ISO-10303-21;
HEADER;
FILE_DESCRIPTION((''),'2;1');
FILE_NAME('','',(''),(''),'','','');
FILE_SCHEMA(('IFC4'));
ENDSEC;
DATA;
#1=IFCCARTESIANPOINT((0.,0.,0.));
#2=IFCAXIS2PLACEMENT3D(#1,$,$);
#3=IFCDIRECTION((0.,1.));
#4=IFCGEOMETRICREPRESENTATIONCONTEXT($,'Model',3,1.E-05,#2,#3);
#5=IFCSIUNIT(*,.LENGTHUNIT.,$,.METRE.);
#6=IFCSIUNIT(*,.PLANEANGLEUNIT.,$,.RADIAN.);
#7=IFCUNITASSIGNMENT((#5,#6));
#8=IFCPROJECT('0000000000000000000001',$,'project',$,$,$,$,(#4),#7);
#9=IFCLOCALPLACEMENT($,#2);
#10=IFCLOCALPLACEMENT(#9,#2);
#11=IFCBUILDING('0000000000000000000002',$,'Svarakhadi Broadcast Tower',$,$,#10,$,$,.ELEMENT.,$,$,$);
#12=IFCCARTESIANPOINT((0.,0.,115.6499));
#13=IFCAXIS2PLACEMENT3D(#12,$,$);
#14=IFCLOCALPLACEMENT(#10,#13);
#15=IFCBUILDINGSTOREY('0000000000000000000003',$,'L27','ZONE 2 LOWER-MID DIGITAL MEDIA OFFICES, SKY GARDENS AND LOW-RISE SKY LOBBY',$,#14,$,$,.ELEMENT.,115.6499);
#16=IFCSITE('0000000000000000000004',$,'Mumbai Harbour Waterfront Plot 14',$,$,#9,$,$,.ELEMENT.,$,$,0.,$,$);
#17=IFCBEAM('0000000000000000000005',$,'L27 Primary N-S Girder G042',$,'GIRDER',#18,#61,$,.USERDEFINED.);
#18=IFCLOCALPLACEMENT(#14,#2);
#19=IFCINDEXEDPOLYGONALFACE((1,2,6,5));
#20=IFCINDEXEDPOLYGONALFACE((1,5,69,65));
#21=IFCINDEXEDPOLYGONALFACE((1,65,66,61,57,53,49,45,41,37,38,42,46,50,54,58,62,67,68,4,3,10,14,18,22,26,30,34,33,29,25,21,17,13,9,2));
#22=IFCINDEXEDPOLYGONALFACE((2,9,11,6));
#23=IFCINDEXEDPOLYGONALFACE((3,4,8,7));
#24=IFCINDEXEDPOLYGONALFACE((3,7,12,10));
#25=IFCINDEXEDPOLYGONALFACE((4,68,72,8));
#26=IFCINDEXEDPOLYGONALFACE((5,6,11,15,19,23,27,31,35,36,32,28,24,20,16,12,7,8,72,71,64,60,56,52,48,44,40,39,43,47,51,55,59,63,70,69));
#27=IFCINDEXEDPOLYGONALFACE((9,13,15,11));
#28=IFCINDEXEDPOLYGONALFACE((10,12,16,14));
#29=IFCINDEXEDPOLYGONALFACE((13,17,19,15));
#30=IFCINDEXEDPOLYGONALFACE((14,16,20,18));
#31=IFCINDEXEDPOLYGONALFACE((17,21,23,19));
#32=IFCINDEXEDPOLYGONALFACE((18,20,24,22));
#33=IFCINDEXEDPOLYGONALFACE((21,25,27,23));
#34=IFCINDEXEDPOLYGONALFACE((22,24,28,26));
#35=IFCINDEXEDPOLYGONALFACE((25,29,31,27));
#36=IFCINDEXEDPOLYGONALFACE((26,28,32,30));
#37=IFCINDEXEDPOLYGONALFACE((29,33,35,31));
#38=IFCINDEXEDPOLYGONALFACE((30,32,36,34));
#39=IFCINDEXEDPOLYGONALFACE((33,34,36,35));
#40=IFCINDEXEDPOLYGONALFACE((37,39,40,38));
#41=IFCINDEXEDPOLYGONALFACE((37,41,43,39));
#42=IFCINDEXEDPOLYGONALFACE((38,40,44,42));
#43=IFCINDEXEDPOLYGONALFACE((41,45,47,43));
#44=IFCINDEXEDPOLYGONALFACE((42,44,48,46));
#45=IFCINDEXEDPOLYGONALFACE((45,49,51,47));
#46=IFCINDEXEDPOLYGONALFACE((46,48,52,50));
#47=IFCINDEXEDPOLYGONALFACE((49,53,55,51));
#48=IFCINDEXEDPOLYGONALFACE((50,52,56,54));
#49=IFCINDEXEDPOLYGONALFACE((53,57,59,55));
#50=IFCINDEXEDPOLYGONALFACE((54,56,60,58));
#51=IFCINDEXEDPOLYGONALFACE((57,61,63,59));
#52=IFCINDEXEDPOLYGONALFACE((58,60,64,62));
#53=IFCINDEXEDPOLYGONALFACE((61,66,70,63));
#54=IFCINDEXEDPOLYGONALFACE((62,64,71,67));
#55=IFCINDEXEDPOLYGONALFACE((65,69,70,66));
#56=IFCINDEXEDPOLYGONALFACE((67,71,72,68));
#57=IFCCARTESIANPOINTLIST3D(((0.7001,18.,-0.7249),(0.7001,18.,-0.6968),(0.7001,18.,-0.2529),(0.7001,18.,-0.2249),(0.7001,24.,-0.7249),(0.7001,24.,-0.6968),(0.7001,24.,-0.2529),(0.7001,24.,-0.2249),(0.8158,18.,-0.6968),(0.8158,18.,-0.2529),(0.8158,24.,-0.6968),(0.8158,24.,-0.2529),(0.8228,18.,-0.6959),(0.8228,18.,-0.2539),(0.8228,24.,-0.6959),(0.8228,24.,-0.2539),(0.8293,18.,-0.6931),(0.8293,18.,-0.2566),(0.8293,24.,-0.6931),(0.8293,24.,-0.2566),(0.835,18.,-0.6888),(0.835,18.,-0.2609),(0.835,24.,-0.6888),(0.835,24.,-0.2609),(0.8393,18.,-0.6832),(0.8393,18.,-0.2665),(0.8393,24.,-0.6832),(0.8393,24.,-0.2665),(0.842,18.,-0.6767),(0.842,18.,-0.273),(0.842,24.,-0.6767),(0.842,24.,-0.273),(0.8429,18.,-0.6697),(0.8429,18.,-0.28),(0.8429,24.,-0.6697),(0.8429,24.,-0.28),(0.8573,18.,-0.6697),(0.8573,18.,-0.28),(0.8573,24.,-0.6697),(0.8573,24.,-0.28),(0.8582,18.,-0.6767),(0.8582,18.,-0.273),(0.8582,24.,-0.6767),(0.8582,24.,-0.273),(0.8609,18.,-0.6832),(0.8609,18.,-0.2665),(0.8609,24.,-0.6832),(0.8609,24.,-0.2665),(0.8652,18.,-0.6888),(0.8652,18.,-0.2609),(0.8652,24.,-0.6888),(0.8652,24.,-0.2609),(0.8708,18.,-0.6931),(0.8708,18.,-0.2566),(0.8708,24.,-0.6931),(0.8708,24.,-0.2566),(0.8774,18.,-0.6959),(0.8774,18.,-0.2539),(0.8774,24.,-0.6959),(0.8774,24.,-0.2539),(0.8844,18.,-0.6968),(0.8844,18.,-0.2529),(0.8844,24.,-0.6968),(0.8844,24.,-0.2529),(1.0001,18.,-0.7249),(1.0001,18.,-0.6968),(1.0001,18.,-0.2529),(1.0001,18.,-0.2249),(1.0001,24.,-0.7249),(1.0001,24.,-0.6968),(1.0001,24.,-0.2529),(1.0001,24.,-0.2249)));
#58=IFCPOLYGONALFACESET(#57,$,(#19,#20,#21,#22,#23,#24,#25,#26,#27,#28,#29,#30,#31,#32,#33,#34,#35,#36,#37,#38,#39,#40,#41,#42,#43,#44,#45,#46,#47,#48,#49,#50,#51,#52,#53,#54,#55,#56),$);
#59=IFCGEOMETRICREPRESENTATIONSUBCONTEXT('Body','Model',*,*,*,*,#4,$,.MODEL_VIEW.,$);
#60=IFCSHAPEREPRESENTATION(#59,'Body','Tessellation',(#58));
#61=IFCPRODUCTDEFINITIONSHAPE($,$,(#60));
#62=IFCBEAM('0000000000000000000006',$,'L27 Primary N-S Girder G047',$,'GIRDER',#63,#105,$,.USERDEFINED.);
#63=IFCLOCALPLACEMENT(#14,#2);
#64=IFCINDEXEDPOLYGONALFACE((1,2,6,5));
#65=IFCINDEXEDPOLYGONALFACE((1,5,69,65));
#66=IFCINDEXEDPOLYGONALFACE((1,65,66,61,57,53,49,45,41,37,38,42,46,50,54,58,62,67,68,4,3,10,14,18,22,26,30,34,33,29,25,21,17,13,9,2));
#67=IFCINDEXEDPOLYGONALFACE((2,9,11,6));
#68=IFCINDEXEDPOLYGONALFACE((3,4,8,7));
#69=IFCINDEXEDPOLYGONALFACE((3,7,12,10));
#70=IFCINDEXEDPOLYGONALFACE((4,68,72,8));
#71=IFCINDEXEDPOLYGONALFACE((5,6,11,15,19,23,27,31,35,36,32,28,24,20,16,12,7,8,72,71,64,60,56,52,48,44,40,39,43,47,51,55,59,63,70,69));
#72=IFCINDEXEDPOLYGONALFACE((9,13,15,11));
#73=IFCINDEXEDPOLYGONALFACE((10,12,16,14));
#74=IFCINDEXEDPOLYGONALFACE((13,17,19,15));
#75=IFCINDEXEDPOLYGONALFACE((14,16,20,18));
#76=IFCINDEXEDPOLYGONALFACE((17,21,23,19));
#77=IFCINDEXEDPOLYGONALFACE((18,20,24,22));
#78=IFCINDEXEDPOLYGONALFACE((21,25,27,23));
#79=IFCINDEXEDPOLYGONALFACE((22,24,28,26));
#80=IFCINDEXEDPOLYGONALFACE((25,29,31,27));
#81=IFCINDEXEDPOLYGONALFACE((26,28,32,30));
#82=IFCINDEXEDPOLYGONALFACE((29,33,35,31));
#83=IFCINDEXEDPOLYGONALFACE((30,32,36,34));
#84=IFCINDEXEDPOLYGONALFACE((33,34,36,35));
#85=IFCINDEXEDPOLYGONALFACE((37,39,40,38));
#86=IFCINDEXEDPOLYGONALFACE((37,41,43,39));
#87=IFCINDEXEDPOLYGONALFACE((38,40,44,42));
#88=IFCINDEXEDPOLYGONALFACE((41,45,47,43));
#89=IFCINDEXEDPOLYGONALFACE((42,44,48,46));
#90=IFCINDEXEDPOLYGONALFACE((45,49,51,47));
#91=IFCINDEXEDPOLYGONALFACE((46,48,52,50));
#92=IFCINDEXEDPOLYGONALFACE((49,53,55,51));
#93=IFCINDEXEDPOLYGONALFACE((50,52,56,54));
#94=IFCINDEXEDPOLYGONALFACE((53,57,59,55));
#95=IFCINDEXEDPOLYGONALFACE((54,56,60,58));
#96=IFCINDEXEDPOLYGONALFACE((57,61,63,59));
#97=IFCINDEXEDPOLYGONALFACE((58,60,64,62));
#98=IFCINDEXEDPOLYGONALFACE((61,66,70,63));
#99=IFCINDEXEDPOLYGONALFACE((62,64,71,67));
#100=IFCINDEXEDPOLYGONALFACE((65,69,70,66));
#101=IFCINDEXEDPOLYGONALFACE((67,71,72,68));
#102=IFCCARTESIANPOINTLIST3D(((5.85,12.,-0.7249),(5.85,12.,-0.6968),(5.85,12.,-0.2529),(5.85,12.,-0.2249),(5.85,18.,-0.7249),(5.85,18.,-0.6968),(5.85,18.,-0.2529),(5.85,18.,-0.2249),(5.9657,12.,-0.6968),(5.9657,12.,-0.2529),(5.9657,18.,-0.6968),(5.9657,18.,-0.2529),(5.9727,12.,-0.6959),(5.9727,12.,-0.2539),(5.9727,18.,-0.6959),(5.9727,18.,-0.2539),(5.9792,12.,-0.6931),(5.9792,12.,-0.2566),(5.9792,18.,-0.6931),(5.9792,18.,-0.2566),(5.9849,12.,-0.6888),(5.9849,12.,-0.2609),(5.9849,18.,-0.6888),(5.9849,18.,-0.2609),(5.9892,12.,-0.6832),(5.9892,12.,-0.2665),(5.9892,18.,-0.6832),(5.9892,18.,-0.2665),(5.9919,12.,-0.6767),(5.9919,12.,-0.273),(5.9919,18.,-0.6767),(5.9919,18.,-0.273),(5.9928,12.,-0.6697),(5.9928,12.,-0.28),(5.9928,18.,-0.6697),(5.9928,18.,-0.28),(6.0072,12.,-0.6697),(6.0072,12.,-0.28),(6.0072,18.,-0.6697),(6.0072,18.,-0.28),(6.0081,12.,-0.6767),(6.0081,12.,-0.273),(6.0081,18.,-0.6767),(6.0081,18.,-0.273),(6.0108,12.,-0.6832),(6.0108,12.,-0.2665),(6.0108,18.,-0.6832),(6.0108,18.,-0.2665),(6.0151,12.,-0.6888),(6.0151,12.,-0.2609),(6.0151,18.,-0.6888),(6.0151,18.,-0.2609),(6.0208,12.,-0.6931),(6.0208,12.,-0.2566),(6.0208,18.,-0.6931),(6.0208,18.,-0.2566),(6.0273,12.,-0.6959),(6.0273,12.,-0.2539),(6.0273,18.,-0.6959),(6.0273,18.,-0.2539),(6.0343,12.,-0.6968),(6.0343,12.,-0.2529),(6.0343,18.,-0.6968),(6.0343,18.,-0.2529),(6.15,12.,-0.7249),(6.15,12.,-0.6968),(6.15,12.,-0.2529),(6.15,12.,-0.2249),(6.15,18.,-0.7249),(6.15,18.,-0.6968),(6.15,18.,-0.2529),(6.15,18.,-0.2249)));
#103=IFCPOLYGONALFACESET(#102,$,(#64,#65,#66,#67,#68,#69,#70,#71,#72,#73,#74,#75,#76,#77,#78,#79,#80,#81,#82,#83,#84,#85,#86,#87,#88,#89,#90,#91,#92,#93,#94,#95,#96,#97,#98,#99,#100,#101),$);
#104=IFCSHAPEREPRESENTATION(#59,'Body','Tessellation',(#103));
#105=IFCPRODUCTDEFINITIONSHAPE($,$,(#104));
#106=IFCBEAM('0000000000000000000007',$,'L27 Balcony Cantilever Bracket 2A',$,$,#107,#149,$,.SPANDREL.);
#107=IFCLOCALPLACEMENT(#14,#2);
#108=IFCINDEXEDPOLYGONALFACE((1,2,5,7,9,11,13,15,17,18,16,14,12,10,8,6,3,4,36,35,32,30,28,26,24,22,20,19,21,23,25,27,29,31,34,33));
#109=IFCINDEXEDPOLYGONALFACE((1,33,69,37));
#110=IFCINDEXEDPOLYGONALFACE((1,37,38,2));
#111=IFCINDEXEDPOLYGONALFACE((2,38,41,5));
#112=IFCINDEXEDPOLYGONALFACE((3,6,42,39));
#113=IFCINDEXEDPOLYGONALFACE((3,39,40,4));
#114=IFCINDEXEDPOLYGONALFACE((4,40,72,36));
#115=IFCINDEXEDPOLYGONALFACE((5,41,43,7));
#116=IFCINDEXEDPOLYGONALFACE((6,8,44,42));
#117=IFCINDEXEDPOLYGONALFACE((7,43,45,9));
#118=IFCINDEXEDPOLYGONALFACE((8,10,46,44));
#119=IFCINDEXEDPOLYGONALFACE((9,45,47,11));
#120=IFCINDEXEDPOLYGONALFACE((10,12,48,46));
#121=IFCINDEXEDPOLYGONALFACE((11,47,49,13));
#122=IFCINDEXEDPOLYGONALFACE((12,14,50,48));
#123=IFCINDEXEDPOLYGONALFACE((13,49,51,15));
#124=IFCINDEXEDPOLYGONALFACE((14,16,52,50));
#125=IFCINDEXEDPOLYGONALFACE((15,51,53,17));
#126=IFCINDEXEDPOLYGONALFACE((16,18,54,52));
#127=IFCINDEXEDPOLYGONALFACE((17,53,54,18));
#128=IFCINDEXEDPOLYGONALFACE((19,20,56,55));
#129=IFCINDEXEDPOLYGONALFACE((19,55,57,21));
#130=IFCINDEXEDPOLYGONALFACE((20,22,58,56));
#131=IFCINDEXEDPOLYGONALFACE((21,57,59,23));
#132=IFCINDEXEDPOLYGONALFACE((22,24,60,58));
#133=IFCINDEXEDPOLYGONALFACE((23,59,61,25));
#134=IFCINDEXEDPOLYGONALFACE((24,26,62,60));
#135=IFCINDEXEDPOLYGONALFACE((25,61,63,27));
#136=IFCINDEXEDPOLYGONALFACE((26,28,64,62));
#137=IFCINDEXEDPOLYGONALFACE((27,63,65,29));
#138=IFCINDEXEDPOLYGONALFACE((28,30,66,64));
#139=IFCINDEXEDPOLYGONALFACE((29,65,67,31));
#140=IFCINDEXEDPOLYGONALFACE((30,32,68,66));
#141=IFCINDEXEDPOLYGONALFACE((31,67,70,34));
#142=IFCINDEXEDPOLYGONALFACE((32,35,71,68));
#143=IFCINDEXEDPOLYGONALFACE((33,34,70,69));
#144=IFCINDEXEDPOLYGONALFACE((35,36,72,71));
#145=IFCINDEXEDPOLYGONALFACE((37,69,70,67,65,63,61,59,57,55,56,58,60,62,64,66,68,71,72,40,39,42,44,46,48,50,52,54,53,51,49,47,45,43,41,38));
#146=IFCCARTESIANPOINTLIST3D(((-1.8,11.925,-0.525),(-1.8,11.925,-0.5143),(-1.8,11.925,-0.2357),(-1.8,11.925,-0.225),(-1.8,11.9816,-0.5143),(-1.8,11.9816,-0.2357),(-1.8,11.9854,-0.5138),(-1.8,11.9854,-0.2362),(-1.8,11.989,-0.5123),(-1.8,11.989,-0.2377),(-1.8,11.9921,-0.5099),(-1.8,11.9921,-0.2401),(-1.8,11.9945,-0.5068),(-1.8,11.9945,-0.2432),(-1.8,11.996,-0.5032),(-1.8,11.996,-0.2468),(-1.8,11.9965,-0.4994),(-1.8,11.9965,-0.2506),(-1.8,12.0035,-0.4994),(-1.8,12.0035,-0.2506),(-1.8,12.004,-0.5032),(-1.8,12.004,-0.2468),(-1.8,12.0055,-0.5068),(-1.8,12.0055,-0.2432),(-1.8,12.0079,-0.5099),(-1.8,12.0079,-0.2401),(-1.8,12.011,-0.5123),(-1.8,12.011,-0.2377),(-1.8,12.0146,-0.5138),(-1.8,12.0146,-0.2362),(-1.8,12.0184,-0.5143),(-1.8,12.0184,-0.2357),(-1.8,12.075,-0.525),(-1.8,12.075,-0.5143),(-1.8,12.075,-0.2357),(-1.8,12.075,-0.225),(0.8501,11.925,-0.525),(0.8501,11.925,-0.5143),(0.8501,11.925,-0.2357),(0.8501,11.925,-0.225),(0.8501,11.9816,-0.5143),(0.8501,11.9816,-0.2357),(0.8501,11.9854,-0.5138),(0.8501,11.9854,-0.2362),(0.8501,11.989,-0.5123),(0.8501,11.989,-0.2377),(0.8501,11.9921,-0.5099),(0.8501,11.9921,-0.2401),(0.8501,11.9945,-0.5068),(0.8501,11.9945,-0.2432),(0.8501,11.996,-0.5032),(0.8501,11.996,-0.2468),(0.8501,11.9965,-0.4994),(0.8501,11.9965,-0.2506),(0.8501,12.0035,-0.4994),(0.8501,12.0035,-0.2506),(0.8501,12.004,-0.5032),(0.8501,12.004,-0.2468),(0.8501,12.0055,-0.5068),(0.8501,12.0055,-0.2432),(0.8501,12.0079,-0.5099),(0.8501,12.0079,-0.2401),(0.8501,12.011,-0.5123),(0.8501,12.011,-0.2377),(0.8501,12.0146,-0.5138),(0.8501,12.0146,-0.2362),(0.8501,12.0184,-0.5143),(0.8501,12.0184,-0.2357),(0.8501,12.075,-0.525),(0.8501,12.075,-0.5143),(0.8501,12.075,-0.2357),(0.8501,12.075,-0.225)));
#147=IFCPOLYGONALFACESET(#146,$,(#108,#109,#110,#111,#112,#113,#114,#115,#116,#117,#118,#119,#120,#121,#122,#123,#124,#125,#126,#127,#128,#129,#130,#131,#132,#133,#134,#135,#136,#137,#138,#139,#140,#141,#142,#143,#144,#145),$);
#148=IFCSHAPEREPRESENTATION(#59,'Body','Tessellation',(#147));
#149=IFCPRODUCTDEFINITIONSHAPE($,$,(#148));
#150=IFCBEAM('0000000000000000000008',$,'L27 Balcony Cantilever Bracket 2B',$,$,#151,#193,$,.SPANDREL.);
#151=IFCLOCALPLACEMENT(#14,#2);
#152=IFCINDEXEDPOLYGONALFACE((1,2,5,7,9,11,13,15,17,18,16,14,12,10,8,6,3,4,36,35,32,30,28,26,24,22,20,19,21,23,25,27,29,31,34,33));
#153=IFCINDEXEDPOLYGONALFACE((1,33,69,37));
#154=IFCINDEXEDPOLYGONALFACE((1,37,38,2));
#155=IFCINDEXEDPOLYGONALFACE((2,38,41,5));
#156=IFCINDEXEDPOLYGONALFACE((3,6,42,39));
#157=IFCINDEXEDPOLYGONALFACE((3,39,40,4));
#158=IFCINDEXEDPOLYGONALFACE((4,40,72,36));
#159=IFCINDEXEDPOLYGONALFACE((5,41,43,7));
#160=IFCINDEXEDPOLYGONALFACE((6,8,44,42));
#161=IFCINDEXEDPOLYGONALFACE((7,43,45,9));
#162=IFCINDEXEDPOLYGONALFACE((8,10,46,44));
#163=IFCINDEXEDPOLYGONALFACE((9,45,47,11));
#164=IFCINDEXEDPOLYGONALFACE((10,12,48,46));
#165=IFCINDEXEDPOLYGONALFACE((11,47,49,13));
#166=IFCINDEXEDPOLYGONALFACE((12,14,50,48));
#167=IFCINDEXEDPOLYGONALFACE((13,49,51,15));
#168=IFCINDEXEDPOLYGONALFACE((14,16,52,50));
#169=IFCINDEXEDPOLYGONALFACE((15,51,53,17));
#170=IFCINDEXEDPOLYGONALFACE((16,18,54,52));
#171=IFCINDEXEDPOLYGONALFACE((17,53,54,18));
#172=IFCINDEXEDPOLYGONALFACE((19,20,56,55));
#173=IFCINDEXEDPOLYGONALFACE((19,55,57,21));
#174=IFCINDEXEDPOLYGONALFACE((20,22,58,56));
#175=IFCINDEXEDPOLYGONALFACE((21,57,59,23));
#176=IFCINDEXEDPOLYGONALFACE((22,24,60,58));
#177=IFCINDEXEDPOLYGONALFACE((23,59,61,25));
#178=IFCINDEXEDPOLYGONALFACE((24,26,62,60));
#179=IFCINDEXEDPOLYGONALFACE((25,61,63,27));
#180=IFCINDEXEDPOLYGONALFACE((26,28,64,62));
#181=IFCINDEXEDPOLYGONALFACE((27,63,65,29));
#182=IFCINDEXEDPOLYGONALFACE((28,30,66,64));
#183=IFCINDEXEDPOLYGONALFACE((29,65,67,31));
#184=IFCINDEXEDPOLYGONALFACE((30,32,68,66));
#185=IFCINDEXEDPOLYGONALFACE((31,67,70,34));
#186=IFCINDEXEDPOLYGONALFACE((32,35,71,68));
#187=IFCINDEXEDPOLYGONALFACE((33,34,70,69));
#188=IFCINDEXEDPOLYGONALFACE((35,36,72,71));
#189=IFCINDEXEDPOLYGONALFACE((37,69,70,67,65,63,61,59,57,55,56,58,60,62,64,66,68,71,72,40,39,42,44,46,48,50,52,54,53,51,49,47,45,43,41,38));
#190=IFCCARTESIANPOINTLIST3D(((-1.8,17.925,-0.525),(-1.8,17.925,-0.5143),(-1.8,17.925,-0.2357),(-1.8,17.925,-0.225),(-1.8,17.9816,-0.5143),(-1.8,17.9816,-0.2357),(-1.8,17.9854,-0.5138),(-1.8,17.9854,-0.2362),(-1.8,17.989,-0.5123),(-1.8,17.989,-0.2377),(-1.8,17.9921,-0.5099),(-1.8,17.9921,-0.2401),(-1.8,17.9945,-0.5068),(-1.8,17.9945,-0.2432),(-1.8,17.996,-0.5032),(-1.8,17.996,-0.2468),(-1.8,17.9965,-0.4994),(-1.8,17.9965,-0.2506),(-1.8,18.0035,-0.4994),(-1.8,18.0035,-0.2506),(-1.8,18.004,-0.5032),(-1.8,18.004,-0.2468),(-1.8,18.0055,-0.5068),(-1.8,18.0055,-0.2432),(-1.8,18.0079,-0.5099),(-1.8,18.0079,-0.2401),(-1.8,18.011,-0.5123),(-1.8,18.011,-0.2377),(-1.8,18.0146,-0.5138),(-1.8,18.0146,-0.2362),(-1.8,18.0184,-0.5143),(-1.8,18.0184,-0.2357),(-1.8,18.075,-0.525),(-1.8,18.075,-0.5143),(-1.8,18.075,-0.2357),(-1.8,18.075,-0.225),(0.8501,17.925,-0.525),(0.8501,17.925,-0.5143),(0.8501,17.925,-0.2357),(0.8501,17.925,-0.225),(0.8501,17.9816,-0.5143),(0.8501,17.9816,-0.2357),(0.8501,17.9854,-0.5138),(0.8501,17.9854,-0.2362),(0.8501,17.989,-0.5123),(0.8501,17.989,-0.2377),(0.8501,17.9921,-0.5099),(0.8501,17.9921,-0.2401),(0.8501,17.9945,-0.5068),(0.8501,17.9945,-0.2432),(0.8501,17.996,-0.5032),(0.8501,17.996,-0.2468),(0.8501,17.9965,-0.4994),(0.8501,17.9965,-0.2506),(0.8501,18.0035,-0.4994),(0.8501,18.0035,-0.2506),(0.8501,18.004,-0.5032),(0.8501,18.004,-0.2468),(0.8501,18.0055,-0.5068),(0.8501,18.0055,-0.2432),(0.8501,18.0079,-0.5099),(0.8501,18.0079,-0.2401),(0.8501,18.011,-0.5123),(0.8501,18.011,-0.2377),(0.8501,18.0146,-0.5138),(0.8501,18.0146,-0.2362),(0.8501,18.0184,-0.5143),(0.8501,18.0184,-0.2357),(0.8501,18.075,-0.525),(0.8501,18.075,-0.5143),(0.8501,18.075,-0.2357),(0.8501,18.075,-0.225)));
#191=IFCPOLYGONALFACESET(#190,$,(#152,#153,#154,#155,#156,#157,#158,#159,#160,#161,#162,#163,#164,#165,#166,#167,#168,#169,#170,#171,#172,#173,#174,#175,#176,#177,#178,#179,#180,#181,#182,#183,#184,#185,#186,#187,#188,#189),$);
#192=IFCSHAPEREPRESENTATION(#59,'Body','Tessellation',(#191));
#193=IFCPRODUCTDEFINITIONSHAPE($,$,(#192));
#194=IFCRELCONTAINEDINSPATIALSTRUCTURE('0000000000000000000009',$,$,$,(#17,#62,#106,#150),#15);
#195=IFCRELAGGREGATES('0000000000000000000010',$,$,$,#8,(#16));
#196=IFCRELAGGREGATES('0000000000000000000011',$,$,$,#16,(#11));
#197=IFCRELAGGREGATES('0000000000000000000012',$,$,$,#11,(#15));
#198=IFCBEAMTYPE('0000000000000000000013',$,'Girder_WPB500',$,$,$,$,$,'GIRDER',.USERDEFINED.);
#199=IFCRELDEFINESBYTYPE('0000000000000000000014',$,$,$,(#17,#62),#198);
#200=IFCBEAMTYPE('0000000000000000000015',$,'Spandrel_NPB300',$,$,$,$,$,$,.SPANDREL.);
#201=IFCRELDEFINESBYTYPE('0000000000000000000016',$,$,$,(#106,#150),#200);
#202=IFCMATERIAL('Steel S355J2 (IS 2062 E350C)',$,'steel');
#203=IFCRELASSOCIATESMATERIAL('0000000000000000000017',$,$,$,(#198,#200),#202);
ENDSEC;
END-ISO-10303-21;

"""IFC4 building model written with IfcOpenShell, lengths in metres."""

from ifc_helpers import new_model, si_unit, direction, frame, origin, origin_2d, place, context, subcontext, project, spatial, i_section, extrude, material, material_profile, profile_set, type_object, element, save


model = new_model("IFC4")

# Units and contexts
model_context = context("Model", 3, precision=1e-05, world=origin(), true_north=direction((0.0, 1.0)))
body_context = subcontext(model_context, "Body", "Model", "MODEL_VIEW")
ifc_project = project(units=[si_unit("LENGTHUNIT", "METRE"), si_unit("PLANEANGLEUNIT", "RADIAN")], contexts=[model_context])

# Site, building, storey
site_placement = place(None, origin())
site = spatial("IfcSite", under=ifc_project, at=site_placement, Name="Mumbai Harbour Waterfront Plot 14", CompositionType="ELEMENT", RefElevation=0.0)
building_placement = place(site_placement, origin())
building = spatial("IfcBuilding", under=site, at=building_placement, Name="Svarakhadi Broadcast Tower", CompositionType="ELEMENT")
storey_placement = place(building_placement, frame((0.0, 0.0, 115.6499)))
storey = spatial("IfcBuildingStorey", under=building, at=storey_placement, Name="L27", Description="ZONE 2 LOWER-MID DIGITAL MEDIA OFFICES, SKY GARDENS AND LOW-RISE SKY LOBBY", CompositionType="ELEMENT", Elevation=115.6499)

# Shared definitions
ifc_material_1 = material(Name="Steel S355J2 (IS 2062 E350C)", Category="steel")

# Beams
ifc_material_profile_1 = material_profile(ifc_material_1, i_section(OverallWidth=0.3, OverallDepth=0.5, WebThickness=0.0144, FlangeThickness=0.0281, FilletRadius=0.0271, at=origin_2d()), Name="WPB 500x300x187")
ifc_profile_set_1 = profile_set([ifc_material_profile_1], Name="Steel S355J2 (IS 2062 E350C)")
beam_type_1 = type_object("IfcBeamType", Name="Girder_WPB500", ElementType="GIRDER", PredefinedType="USERDEFINED", material=ifc_profile_set_1)
for number, where, z_axis, x_axis, name in (
    (1, (0.8501, 18.0, -0.4749), (0.0, 1.0, 0.0), (-1.0, 0.0, 0.0), "L27 Primary N-S Girder G042"),
    (2, (6.0, 12.0, -0.4749), (0.0, 1.0, 0.0), (-1.0, 0.0, 0.0), "L27 Primary N-S Girder G047"),
):
    element("IfcBeam", number, at=place(storey_placement, frame(where, z_axis=z_axis, x_axis=x_axis)), inside=storey, type_object=beam_type_1, Name=name, ObjectType="GIRDER", PredefinedType="USERDEFINED", context=body_context, shape_type="SweptSolid", body=[
        extrude(i_section(OverallWidth=0.3, OverallDepth=0.5, WebThickness=0.0144, FlangeThickness=0.0281, FilletRadius=0.0271, at=origin_2d()), origin(), (0.0, 0.0, 1.0), 6.0),
    ])
ifc_material_profile_2 = material_profile(ifc_material_1, i_section(OverallWidth=0.1499, OverallDepth=0.3, WebThickness=0.0071, FlangeThickness=0.0107, FilletRadius=0.0149, at=origin_2d()), Name="NPB 300x150x37")
ifc_profile_set_2 = profile_set([ifc_material_profile_2], Name="Steel S355J2 (IS 2062 E350C)")
beam_type_2 = type_object("IfcBeamType", Name="Spandrel_NPB300", PredefinedType="SPANDREL", material=ifc_profile_set_2)
for number, where, z_axis, x_axis, name in (
    (3, (0.8501, 12.0, -0.375), (-1.0, 0.0, 0.0), (0.0, -1.0, 0.0), "L27 Balcony Cantilever Bracket 2A"),
    (4, (0.8501, 18.0, -0.375), (-1.0, 0.0, 0.0), (0.0, -1.0, 0.0), "L27 Balcony Cantilever Bracket 2B"),
):
    element("IfcBeam", number, at=place(storey_placement, frame(where, z_axis=z_axis, x_axis=x_axis)), inside=storey, type_object=beam_type_2, Name=name, PredefinedType="SPANDREL", context=body_context, shape_type="SweptSolid", body=[
        extrude(i_section(OverallWidth=0.1499, OverallDepth=0.3, WebThickness=0.0071, FlangeThickness=0.0107, FilletRadius=0.0149, at=origin_2d()), origin(), (0.0, 0.0, 1.0), 2.6501),
    ])

save(model, "model.ifc")
